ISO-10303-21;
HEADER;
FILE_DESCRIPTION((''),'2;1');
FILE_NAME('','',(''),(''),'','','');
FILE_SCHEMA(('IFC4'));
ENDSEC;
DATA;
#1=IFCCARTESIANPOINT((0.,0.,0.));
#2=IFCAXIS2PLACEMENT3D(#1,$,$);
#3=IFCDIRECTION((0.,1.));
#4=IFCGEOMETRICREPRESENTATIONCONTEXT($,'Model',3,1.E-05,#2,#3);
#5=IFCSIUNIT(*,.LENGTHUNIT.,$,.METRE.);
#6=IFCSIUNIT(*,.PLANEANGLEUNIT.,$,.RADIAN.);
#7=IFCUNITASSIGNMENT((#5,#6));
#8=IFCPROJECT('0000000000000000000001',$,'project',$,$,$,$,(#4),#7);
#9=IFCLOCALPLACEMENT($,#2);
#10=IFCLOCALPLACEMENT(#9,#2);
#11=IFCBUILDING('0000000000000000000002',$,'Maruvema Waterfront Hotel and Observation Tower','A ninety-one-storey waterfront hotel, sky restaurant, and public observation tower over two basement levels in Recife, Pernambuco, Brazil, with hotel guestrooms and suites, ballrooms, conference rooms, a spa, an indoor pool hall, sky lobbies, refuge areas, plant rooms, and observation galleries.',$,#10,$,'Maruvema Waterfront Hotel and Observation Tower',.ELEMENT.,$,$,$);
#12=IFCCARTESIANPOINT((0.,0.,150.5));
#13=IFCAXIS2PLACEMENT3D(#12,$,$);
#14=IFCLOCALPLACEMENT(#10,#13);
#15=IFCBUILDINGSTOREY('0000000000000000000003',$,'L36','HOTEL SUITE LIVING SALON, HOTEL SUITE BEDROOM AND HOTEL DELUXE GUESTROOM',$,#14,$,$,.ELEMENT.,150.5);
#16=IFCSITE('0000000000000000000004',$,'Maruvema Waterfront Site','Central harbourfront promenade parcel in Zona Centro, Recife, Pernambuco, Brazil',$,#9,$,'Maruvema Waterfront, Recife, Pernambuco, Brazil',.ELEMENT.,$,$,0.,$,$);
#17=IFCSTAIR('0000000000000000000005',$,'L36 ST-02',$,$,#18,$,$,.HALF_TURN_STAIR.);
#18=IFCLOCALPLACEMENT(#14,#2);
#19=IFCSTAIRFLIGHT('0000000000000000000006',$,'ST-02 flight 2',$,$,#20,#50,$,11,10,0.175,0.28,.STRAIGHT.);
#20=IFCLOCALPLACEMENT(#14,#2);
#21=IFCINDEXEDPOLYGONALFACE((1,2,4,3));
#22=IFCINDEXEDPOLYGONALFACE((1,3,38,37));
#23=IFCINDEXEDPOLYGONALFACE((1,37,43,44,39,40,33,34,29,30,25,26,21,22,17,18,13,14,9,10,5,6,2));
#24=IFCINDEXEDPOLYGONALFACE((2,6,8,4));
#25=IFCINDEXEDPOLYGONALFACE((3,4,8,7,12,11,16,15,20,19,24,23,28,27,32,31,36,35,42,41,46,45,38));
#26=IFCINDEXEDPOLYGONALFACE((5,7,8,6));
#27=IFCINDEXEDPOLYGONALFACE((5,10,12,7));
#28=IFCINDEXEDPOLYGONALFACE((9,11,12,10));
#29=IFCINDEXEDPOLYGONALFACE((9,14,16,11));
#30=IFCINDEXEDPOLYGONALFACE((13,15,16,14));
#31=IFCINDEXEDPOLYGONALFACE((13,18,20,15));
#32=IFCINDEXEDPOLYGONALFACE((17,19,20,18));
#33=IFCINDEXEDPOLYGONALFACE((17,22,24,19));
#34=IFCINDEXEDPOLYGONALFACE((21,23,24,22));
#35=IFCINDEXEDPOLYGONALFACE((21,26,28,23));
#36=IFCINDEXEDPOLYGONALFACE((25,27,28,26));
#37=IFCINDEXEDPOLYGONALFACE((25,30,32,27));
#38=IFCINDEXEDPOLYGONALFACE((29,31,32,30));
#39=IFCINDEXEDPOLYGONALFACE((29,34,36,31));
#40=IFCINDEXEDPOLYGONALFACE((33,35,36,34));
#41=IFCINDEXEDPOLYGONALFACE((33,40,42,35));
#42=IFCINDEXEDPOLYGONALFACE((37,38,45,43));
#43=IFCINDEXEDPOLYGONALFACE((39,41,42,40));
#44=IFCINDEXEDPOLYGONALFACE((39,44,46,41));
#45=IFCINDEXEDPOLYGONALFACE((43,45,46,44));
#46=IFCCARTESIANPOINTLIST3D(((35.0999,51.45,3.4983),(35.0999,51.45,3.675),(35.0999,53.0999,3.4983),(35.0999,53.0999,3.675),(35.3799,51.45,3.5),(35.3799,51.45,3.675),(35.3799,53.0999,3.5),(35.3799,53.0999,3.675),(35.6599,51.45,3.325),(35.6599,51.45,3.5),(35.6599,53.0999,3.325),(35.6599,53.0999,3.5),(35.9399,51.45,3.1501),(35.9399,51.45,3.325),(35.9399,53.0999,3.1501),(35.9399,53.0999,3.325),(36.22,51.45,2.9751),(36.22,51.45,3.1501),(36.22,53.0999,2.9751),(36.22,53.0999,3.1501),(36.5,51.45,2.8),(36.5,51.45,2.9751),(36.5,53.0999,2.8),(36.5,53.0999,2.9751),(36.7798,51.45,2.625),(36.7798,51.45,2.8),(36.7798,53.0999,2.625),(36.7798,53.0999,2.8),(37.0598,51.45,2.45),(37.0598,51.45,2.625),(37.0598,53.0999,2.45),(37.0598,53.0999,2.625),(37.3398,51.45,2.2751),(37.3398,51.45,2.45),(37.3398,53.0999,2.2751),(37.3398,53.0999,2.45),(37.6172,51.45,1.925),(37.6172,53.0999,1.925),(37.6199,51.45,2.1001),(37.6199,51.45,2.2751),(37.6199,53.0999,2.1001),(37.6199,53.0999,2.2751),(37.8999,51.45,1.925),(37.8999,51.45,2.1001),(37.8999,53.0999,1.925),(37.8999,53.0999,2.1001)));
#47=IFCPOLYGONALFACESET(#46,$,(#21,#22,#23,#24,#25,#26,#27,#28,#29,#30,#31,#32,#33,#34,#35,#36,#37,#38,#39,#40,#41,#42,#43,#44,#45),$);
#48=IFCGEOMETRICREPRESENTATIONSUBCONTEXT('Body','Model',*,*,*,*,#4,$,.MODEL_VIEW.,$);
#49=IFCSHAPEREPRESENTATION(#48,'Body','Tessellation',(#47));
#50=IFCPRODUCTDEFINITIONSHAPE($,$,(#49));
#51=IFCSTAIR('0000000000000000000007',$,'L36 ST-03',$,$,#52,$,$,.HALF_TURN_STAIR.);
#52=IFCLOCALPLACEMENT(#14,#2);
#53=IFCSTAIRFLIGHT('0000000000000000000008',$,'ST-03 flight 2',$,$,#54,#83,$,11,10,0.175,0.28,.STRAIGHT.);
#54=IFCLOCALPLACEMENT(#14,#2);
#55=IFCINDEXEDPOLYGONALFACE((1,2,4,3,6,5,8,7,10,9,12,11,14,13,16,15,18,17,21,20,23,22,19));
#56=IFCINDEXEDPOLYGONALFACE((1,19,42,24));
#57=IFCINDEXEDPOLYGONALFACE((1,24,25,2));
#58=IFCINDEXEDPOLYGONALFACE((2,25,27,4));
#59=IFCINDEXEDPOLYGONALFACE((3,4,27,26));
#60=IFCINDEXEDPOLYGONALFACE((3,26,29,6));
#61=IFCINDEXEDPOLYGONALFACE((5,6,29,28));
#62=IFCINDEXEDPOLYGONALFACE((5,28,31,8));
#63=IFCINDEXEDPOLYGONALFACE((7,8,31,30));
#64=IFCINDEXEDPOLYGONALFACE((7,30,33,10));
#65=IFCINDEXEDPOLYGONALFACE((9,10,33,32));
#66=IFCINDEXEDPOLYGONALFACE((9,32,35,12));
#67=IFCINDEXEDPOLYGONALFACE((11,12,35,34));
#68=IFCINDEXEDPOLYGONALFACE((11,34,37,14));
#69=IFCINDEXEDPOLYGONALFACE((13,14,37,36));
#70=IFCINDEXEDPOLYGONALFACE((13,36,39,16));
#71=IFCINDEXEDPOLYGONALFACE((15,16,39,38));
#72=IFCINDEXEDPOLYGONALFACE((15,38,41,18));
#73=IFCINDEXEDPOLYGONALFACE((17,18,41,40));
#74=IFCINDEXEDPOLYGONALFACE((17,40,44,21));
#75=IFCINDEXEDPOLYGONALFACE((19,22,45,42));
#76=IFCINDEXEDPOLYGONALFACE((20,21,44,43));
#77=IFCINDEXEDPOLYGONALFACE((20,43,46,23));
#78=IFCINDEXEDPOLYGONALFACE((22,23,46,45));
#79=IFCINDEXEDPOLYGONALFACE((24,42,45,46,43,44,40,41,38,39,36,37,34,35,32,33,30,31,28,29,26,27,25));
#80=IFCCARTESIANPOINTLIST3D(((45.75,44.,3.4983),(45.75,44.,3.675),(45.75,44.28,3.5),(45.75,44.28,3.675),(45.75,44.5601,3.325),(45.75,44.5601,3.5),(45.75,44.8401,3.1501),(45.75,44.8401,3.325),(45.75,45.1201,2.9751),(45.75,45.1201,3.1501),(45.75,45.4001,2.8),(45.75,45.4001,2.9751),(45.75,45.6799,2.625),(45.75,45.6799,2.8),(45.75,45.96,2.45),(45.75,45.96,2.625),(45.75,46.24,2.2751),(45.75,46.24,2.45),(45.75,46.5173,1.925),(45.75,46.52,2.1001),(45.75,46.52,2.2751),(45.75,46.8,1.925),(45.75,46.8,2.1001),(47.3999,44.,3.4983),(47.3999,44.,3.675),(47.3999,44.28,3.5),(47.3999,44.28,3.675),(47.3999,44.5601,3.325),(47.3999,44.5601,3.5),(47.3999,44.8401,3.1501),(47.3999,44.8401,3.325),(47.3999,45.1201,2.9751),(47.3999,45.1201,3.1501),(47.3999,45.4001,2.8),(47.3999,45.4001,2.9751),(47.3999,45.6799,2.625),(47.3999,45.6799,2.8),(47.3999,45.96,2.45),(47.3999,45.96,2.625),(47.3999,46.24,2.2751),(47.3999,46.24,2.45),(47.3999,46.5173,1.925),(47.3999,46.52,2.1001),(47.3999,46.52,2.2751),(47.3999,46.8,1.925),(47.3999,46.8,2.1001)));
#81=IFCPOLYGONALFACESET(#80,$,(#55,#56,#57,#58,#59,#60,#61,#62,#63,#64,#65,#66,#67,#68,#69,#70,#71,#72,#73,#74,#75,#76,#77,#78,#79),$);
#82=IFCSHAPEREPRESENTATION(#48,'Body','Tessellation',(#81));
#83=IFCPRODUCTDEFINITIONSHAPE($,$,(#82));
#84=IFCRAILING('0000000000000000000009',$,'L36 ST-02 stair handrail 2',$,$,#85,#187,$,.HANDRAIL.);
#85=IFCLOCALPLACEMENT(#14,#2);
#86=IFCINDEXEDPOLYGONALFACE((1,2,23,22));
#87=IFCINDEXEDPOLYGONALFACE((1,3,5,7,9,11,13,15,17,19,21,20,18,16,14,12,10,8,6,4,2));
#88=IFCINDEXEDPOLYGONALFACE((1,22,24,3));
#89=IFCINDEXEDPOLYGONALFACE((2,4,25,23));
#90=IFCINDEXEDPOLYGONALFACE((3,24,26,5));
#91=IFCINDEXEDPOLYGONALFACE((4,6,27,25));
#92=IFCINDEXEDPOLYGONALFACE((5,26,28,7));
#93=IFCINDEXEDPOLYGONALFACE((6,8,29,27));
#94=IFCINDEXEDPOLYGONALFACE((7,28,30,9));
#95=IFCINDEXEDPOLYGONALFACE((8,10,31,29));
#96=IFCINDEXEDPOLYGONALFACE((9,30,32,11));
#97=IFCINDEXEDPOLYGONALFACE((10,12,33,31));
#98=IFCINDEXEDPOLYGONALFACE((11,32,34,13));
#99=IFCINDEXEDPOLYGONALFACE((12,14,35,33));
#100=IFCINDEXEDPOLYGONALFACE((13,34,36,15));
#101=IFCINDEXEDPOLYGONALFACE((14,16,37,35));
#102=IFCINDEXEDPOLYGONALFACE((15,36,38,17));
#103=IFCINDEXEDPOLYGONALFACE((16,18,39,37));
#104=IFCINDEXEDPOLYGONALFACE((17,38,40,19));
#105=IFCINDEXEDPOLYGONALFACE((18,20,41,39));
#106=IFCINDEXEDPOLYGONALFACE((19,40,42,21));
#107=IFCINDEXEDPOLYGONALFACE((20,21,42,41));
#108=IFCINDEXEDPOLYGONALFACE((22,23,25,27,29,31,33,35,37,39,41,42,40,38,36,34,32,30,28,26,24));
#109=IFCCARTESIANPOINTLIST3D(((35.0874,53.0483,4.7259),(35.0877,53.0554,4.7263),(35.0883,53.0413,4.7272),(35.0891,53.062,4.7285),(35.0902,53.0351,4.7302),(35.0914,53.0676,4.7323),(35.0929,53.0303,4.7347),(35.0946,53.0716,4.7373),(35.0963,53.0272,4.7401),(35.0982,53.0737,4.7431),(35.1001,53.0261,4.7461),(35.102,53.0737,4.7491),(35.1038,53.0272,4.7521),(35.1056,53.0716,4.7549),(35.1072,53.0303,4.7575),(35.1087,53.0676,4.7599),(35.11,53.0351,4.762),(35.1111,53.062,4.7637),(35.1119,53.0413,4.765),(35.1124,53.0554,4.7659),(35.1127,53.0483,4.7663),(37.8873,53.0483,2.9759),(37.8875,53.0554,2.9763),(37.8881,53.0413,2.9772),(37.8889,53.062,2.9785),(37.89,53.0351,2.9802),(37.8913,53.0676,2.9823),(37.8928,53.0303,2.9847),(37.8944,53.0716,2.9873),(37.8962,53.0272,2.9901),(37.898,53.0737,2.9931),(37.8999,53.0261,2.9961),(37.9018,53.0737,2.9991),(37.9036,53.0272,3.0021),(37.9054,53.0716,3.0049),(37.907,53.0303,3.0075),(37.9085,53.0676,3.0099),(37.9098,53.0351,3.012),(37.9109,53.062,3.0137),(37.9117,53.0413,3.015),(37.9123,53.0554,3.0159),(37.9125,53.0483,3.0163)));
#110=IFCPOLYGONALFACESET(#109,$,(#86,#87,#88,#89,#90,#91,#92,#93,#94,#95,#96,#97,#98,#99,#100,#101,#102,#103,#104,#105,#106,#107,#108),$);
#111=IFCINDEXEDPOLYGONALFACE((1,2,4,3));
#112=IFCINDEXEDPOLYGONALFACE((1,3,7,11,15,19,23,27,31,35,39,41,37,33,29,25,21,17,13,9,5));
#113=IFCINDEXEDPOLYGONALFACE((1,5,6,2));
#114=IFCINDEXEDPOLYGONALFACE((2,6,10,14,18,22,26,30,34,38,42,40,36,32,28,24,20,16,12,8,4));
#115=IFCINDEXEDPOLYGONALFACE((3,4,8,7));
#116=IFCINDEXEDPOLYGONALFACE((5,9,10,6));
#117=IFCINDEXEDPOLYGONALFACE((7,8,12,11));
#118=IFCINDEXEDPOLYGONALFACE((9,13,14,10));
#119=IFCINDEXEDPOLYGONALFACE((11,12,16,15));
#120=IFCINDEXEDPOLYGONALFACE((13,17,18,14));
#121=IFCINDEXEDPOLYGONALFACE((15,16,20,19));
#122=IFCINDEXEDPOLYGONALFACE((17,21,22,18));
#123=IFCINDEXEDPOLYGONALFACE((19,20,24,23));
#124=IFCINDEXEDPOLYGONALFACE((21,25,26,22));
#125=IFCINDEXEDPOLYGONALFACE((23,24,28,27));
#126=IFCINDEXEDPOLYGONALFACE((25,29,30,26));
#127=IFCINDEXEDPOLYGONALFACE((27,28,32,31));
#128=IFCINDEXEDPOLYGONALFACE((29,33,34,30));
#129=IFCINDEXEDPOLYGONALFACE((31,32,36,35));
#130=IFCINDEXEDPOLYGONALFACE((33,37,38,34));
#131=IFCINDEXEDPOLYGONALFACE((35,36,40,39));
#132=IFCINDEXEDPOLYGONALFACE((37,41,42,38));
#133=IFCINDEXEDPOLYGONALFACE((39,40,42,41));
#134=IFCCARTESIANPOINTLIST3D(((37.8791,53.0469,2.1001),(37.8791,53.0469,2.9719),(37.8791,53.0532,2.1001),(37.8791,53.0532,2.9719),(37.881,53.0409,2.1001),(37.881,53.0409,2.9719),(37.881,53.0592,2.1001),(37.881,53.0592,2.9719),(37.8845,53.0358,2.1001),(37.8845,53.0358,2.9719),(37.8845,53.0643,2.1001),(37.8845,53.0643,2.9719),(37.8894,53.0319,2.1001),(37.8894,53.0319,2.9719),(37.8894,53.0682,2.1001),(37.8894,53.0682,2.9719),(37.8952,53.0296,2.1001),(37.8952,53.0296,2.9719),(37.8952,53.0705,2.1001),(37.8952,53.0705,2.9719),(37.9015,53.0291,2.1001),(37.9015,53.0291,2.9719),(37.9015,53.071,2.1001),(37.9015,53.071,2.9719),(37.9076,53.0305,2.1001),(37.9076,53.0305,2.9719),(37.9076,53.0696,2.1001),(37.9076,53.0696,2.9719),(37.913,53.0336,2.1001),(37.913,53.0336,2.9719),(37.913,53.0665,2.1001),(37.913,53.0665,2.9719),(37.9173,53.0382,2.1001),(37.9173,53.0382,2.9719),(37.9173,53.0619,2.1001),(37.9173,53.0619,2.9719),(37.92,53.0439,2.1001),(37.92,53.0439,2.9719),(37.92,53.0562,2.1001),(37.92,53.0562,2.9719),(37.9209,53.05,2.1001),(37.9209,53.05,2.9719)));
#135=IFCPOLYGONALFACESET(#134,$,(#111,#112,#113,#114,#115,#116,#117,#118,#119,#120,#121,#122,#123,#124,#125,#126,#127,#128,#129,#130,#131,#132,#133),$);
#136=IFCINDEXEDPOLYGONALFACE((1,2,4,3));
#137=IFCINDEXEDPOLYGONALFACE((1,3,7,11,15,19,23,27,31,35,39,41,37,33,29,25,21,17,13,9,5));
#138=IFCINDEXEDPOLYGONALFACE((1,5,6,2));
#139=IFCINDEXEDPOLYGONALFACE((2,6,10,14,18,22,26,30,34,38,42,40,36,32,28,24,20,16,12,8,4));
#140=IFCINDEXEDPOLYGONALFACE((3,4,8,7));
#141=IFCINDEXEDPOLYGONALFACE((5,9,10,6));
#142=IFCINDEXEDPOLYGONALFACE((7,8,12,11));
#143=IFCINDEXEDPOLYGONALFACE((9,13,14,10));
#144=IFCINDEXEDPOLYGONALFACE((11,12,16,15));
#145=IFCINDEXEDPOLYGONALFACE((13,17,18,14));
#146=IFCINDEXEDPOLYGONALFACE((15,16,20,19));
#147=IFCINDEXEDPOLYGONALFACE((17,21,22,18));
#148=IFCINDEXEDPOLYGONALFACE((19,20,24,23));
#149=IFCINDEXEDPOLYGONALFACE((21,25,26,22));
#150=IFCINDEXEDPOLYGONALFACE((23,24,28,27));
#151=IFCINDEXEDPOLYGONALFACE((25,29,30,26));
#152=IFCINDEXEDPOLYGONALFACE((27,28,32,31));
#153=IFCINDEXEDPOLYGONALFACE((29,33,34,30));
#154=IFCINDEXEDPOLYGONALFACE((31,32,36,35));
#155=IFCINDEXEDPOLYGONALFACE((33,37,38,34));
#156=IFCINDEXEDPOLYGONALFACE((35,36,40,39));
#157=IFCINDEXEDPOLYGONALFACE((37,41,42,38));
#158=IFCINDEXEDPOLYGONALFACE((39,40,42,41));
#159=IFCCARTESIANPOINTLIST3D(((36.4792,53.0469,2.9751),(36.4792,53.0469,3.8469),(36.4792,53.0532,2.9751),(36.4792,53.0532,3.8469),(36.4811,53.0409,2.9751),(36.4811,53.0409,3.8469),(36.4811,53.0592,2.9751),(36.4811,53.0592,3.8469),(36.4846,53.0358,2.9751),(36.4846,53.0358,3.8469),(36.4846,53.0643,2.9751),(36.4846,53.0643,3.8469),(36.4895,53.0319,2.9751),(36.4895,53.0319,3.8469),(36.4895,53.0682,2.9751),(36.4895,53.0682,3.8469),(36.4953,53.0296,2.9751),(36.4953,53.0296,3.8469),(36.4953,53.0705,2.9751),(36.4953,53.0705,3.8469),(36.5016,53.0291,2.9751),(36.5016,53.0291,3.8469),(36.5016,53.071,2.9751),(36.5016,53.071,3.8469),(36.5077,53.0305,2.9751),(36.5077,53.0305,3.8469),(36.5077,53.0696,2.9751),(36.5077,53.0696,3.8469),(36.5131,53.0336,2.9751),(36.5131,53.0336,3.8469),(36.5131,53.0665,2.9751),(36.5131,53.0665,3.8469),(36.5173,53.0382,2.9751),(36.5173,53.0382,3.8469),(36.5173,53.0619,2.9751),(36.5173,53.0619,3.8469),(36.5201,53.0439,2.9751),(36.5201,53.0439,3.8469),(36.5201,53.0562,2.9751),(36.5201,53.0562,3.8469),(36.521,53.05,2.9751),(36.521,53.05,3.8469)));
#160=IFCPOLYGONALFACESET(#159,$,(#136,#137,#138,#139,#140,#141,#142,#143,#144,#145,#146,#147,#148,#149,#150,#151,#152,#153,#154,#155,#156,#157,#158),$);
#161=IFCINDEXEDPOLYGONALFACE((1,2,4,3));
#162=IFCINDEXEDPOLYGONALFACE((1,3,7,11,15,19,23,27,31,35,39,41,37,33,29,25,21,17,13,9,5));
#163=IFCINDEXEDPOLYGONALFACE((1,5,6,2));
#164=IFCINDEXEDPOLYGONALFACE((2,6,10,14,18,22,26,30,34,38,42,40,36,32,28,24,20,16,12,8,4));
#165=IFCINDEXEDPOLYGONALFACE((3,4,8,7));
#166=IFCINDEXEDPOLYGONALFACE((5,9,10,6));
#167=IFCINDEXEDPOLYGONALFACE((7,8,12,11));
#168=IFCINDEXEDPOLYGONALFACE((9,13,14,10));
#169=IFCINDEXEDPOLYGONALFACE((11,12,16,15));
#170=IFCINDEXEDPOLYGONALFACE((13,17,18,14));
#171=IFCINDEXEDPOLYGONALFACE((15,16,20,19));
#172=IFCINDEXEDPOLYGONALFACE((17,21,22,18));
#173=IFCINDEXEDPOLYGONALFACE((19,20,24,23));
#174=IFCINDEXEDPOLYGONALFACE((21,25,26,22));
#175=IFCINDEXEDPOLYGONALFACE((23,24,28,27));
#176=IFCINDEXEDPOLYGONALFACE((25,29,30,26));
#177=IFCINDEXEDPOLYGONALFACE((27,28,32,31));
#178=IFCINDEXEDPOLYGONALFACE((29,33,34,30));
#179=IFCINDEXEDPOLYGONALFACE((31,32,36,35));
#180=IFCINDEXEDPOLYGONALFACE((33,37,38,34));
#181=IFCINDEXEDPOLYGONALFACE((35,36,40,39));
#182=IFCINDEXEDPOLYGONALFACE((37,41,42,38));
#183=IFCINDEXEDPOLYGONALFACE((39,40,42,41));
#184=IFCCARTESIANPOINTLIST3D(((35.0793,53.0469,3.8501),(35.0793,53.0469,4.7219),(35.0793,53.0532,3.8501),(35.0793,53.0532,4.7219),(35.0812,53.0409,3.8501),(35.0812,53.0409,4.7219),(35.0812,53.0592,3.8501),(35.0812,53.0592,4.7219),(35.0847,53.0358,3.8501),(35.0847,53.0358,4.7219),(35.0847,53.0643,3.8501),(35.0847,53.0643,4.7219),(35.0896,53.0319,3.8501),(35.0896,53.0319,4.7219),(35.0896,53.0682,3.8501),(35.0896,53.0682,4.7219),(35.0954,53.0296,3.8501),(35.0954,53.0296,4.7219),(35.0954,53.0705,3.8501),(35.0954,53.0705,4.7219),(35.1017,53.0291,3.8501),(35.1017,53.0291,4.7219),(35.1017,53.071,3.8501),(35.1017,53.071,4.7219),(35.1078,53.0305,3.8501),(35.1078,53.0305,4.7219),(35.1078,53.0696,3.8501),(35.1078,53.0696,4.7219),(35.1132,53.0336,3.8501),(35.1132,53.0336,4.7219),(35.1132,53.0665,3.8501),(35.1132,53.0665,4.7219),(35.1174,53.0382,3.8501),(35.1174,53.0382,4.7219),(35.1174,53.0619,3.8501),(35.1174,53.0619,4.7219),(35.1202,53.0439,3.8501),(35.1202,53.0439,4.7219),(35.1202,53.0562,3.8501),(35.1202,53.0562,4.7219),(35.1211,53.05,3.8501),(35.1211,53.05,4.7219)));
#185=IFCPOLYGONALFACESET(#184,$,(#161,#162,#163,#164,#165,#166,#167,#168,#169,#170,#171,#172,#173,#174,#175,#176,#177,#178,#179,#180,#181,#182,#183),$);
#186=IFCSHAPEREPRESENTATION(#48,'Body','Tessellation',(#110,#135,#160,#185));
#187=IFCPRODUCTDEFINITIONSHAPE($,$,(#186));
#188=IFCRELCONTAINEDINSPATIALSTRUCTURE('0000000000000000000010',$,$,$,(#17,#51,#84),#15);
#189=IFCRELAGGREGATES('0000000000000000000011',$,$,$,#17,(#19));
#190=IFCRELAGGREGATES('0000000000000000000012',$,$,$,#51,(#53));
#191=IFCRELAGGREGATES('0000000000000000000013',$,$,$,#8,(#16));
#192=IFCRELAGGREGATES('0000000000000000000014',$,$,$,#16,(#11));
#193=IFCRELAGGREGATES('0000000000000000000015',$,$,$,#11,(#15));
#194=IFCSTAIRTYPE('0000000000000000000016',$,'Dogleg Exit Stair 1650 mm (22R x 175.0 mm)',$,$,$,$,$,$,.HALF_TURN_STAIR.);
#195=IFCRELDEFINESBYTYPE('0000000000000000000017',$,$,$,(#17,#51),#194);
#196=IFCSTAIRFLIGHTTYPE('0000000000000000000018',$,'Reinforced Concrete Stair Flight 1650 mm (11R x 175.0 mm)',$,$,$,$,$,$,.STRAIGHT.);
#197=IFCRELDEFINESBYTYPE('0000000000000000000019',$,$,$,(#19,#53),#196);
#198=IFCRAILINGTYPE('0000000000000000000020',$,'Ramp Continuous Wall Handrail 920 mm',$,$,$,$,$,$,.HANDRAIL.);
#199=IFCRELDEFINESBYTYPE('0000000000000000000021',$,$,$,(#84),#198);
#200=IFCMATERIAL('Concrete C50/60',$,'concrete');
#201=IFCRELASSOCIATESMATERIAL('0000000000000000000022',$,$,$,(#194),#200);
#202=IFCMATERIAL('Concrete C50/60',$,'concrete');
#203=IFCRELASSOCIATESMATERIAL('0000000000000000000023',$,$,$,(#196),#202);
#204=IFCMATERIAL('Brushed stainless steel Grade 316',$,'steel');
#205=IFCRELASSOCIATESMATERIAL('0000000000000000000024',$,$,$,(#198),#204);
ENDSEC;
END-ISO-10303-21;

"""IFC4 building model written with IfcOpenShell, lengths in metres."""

from ifc_helpers import new_model, si_unit, direction, frame, origin, origin_2d, place, context, subcontext, project, spatial, polyline, circle, outline, extrude, material, type_object, element, aggregate, save


model = new_model("IFC4")

# Units and contexts
model_context = context("Model", 3, precision=1e-05, world=origin(), true_north=direction((0.0, 1.0)))
body_context = subcontext(model_context, "Body", "Model", "MODEL_VIEW")
ifc_project = project(units=[si_unit("LENGTHUNIT", "METRE"), si_unit("PLANEANGLEUNIT", "RADIAN")], contexts=[model_context])

# Site, building, storey
site_placement = place(None, origin())
site = spatial("IfcSite", under=ifc_project, at=site_placement, Name="Maruvema Waterfront Site", Description="Central harbourfront promenade parcel in Zona Centro, Recife, Pernambuco, Brazil", LongName="Maruvema Waterfront, Recife, Pernambuco, Brazil", CompositionType="ELEMENT", RefElevation=0.0)
building_placement = place(site_placement, origin())
building = spatial("IfcBuilding", under=site, at=building_placement, Name="Maruvema Waterfront Hotel and Observation Tower", Description="A ninety-one-storey waterfront hotel, sky restaurant, and public observation tower over two basement levels in Recife, Pernambuco, Brazil, with hotel guestrooms and suites, ballrooms, conference rooms, a spa, an indoor pool hall, sky lobbies, refuge areas, plant rooms, and observation galleries.", LongName="Maruvema Waterfront Hotel and Observation Tower", CompositionType="ELEMENT")
storey_placement = place(building_placement, frame((0.0, 0.0, 150.5)))
storey = spatial("IfcBuildingStorey", under=building, at=storey_placement, Name="L36", Description="HOTEL SUITE LIVING SALON, HOTEL SUITE BEDROOM AND HOTEL DELUXE GUESTROOM", CompositionType="ELEMENT", Elevation=150.5)

# Stairs, stair flights
ifc_material_1 = material(Name="Concrete C50/60", Category="concrete")
stair_type = type_object("IfcStairType", Name="Dogleg Exit Stair 1650 mm (22R x 175.0 mm)", PredefinedType="HALF_TURN_STAIR", material=ifc_material_1)
stair_1_placement = place(storey_placement, origin())
stair_1 = element("IfcStair", 1, at=stair_1_placement, inside=storey, type_object=stair_type, Name="L36 ST-02", PredefinedType="HALF_TURN_STAIR")
ifc_material_2 = material(Name="Concrete C50/60", Category="concrete")
stair_flight_type = type_object("IfcStairFlightType", Name="Reinforced Concrete Stair Flight 1650 mm (11R x 175.0 mm)", PredefinedType="STRAIGHT", material=ifc_material_2)
stair_flight_1_placement = place(storey_placement, frame((37.8999, 52.2749, 1.925), z_axis=(0.0, 0.0, 1.0), x_axis=(-1.0, 0.0, 0.0)))
stair_flight_1 = element("IfcStairFlight", 2, at=stair_flight_1_placement, type_object=stair_flight_type, Name="ST-02 flight 2", NumberOfRisers=11, NumberOfTreads=10, PredefinedType="STRAIGHT", RiserHeight=0.175, TreadLength=0.28, context=body_context, shape_type="SweptSolid", body=[
    extrude(outline(polyline([(0.0, 0.0), (0.0, 0.175), (0.28, 0.175), (0.28, 0.3501), (0.5601, 0.3501), (0.5601, 0.5249), (0.8401, 0.5249), (0.8401, 0.7), (1.1201, 0.7), (1.1201, 0.875), (1.3999, 0.875), (1.3999, 1.05), (1.6799, 1.05), (1.6799, 1.2251), (1.96, 1.2251), (1.96, 1.3999), (2.24, 1.3999), (2.24, 1.575), (2.52, 1.575), (2.52, 1.75), (2.8, 1.75), (2.8, 1.925), (2.8, 1.5732), (0.2827, 0.0), (0.0, 0.0)])), frame((0.0, 0.825, 0.0), z_axis=(0.0, -1.0, 0.0), x_axis=(1.0, 0.0, 0.0)), (0.0, 0.0, 1.0), 1.6499),
])
aggregate(stair_1, [stair_flight_1])
stair_2_placement = place(storey_placement, origin())
stair_2 = element("IfcStair", 3, at=stair_2_placement, inside=storey, type_object=stair_type, Name="L36 ST-03", PredefinedType="HALF_TURN_STAIR")
stair_flight_2_placement = place(storey_placement, frame((46.575, 46.8, 1.925), z_axis=(0.0, 0.0, 1.0), x_axis=(0.0, -1.0, 0.0)))
stair_flight_2 = element("IfcStairFlight", 4, at=stair_flight_2_placement, type_object=stair_flight_type, Name="ST-03 flight 2", NumberOfRisers=11, NumberOfTreads=10, PredefinedType="STRAIGHT", RiserHeight=0.175, TreadLength=0.28, context=body_context, shape_type="SweptSolid", body=[
    extrude(outline(polyline([(0.0, 0.0), (0.0, 0.175), (0.28, 0.175), (0.28, 0.3501), (0.5601, 0.3501), (0.5601, 0.5249), (0.8401, 0.5249), (0.8401, 0.7), (1.1201, 0.7), (1.1201, 0.875), (1.3999, 0.875), (1.3999, 1.05), (1.6799, 1.05), (1.6799, 1.2251), (1.96, 1.2251), (1.96, 1.3999), (2.24, 1.3999), (2.24, 1.575), (2.52, 1.575), (2.52, 1.75), (2.8, 1.75), (2.8, 1.925), (2.8, 1.5732), (0.2827, 0.0), (0.0, 0.0)])), frame((0.0, 0.825, 0.0), z_axis=(0.0, -1.0, 0.0), x_axis=(1.0, 0.0, 0.0)), (0.0, 0.0, 1.0), 1.6499),
])
aggregate(stair_2, [stair_flight_2])

# Railing
ifc_material_3 = material(Name="Brushed stainless steel Grade 316", Category="steel")
railing_type_1 = type_object("IfcRailingType", Name="Ramp Continuous Wall Handrail 920 mm", PredefinedType="HANDRAIL", material=ifc_material_3)
railing_1_placement = place(storey_placement, frame((37.8999, 53.05, 2.1001)))
element("IfcRailing", 5, at=railing_1_placement, inside=storey, type_object=railing_type_1, Name="L36 ST-02 stair handrail 2", PredefinedType="HANDRAIL", context=body_context, shape_type="SweptSolid", body=[
    extrude(circle(Radius=0.0239, at=origin_2d()), frame((0.0, 0.0, 0.896), z_axis=(-0.847982, 0.0, 0.530026), x_axis=(0.0, -1.0, 0.0)), (0.0, 0.0, 1.0), 3.3018),
    extrude(circle(Radius=0.021, at=origin_2d()), origin(), (0.0, 0.0, 1.0), 0.8718),
    extrude(circle(Radius=0.021, at=origin_2d()), frame((-1.3999, 0.0, 0.875)), (0.0, 0.0, 1.0), 0.8718),
    extrude(circle(Radius=0.021, at=origin_2d()), frame((-2.7998, 0.0, 1.75)), (0.0, 0.0, 1.0), 0.8718),
])

save(model, "model.ifc")
